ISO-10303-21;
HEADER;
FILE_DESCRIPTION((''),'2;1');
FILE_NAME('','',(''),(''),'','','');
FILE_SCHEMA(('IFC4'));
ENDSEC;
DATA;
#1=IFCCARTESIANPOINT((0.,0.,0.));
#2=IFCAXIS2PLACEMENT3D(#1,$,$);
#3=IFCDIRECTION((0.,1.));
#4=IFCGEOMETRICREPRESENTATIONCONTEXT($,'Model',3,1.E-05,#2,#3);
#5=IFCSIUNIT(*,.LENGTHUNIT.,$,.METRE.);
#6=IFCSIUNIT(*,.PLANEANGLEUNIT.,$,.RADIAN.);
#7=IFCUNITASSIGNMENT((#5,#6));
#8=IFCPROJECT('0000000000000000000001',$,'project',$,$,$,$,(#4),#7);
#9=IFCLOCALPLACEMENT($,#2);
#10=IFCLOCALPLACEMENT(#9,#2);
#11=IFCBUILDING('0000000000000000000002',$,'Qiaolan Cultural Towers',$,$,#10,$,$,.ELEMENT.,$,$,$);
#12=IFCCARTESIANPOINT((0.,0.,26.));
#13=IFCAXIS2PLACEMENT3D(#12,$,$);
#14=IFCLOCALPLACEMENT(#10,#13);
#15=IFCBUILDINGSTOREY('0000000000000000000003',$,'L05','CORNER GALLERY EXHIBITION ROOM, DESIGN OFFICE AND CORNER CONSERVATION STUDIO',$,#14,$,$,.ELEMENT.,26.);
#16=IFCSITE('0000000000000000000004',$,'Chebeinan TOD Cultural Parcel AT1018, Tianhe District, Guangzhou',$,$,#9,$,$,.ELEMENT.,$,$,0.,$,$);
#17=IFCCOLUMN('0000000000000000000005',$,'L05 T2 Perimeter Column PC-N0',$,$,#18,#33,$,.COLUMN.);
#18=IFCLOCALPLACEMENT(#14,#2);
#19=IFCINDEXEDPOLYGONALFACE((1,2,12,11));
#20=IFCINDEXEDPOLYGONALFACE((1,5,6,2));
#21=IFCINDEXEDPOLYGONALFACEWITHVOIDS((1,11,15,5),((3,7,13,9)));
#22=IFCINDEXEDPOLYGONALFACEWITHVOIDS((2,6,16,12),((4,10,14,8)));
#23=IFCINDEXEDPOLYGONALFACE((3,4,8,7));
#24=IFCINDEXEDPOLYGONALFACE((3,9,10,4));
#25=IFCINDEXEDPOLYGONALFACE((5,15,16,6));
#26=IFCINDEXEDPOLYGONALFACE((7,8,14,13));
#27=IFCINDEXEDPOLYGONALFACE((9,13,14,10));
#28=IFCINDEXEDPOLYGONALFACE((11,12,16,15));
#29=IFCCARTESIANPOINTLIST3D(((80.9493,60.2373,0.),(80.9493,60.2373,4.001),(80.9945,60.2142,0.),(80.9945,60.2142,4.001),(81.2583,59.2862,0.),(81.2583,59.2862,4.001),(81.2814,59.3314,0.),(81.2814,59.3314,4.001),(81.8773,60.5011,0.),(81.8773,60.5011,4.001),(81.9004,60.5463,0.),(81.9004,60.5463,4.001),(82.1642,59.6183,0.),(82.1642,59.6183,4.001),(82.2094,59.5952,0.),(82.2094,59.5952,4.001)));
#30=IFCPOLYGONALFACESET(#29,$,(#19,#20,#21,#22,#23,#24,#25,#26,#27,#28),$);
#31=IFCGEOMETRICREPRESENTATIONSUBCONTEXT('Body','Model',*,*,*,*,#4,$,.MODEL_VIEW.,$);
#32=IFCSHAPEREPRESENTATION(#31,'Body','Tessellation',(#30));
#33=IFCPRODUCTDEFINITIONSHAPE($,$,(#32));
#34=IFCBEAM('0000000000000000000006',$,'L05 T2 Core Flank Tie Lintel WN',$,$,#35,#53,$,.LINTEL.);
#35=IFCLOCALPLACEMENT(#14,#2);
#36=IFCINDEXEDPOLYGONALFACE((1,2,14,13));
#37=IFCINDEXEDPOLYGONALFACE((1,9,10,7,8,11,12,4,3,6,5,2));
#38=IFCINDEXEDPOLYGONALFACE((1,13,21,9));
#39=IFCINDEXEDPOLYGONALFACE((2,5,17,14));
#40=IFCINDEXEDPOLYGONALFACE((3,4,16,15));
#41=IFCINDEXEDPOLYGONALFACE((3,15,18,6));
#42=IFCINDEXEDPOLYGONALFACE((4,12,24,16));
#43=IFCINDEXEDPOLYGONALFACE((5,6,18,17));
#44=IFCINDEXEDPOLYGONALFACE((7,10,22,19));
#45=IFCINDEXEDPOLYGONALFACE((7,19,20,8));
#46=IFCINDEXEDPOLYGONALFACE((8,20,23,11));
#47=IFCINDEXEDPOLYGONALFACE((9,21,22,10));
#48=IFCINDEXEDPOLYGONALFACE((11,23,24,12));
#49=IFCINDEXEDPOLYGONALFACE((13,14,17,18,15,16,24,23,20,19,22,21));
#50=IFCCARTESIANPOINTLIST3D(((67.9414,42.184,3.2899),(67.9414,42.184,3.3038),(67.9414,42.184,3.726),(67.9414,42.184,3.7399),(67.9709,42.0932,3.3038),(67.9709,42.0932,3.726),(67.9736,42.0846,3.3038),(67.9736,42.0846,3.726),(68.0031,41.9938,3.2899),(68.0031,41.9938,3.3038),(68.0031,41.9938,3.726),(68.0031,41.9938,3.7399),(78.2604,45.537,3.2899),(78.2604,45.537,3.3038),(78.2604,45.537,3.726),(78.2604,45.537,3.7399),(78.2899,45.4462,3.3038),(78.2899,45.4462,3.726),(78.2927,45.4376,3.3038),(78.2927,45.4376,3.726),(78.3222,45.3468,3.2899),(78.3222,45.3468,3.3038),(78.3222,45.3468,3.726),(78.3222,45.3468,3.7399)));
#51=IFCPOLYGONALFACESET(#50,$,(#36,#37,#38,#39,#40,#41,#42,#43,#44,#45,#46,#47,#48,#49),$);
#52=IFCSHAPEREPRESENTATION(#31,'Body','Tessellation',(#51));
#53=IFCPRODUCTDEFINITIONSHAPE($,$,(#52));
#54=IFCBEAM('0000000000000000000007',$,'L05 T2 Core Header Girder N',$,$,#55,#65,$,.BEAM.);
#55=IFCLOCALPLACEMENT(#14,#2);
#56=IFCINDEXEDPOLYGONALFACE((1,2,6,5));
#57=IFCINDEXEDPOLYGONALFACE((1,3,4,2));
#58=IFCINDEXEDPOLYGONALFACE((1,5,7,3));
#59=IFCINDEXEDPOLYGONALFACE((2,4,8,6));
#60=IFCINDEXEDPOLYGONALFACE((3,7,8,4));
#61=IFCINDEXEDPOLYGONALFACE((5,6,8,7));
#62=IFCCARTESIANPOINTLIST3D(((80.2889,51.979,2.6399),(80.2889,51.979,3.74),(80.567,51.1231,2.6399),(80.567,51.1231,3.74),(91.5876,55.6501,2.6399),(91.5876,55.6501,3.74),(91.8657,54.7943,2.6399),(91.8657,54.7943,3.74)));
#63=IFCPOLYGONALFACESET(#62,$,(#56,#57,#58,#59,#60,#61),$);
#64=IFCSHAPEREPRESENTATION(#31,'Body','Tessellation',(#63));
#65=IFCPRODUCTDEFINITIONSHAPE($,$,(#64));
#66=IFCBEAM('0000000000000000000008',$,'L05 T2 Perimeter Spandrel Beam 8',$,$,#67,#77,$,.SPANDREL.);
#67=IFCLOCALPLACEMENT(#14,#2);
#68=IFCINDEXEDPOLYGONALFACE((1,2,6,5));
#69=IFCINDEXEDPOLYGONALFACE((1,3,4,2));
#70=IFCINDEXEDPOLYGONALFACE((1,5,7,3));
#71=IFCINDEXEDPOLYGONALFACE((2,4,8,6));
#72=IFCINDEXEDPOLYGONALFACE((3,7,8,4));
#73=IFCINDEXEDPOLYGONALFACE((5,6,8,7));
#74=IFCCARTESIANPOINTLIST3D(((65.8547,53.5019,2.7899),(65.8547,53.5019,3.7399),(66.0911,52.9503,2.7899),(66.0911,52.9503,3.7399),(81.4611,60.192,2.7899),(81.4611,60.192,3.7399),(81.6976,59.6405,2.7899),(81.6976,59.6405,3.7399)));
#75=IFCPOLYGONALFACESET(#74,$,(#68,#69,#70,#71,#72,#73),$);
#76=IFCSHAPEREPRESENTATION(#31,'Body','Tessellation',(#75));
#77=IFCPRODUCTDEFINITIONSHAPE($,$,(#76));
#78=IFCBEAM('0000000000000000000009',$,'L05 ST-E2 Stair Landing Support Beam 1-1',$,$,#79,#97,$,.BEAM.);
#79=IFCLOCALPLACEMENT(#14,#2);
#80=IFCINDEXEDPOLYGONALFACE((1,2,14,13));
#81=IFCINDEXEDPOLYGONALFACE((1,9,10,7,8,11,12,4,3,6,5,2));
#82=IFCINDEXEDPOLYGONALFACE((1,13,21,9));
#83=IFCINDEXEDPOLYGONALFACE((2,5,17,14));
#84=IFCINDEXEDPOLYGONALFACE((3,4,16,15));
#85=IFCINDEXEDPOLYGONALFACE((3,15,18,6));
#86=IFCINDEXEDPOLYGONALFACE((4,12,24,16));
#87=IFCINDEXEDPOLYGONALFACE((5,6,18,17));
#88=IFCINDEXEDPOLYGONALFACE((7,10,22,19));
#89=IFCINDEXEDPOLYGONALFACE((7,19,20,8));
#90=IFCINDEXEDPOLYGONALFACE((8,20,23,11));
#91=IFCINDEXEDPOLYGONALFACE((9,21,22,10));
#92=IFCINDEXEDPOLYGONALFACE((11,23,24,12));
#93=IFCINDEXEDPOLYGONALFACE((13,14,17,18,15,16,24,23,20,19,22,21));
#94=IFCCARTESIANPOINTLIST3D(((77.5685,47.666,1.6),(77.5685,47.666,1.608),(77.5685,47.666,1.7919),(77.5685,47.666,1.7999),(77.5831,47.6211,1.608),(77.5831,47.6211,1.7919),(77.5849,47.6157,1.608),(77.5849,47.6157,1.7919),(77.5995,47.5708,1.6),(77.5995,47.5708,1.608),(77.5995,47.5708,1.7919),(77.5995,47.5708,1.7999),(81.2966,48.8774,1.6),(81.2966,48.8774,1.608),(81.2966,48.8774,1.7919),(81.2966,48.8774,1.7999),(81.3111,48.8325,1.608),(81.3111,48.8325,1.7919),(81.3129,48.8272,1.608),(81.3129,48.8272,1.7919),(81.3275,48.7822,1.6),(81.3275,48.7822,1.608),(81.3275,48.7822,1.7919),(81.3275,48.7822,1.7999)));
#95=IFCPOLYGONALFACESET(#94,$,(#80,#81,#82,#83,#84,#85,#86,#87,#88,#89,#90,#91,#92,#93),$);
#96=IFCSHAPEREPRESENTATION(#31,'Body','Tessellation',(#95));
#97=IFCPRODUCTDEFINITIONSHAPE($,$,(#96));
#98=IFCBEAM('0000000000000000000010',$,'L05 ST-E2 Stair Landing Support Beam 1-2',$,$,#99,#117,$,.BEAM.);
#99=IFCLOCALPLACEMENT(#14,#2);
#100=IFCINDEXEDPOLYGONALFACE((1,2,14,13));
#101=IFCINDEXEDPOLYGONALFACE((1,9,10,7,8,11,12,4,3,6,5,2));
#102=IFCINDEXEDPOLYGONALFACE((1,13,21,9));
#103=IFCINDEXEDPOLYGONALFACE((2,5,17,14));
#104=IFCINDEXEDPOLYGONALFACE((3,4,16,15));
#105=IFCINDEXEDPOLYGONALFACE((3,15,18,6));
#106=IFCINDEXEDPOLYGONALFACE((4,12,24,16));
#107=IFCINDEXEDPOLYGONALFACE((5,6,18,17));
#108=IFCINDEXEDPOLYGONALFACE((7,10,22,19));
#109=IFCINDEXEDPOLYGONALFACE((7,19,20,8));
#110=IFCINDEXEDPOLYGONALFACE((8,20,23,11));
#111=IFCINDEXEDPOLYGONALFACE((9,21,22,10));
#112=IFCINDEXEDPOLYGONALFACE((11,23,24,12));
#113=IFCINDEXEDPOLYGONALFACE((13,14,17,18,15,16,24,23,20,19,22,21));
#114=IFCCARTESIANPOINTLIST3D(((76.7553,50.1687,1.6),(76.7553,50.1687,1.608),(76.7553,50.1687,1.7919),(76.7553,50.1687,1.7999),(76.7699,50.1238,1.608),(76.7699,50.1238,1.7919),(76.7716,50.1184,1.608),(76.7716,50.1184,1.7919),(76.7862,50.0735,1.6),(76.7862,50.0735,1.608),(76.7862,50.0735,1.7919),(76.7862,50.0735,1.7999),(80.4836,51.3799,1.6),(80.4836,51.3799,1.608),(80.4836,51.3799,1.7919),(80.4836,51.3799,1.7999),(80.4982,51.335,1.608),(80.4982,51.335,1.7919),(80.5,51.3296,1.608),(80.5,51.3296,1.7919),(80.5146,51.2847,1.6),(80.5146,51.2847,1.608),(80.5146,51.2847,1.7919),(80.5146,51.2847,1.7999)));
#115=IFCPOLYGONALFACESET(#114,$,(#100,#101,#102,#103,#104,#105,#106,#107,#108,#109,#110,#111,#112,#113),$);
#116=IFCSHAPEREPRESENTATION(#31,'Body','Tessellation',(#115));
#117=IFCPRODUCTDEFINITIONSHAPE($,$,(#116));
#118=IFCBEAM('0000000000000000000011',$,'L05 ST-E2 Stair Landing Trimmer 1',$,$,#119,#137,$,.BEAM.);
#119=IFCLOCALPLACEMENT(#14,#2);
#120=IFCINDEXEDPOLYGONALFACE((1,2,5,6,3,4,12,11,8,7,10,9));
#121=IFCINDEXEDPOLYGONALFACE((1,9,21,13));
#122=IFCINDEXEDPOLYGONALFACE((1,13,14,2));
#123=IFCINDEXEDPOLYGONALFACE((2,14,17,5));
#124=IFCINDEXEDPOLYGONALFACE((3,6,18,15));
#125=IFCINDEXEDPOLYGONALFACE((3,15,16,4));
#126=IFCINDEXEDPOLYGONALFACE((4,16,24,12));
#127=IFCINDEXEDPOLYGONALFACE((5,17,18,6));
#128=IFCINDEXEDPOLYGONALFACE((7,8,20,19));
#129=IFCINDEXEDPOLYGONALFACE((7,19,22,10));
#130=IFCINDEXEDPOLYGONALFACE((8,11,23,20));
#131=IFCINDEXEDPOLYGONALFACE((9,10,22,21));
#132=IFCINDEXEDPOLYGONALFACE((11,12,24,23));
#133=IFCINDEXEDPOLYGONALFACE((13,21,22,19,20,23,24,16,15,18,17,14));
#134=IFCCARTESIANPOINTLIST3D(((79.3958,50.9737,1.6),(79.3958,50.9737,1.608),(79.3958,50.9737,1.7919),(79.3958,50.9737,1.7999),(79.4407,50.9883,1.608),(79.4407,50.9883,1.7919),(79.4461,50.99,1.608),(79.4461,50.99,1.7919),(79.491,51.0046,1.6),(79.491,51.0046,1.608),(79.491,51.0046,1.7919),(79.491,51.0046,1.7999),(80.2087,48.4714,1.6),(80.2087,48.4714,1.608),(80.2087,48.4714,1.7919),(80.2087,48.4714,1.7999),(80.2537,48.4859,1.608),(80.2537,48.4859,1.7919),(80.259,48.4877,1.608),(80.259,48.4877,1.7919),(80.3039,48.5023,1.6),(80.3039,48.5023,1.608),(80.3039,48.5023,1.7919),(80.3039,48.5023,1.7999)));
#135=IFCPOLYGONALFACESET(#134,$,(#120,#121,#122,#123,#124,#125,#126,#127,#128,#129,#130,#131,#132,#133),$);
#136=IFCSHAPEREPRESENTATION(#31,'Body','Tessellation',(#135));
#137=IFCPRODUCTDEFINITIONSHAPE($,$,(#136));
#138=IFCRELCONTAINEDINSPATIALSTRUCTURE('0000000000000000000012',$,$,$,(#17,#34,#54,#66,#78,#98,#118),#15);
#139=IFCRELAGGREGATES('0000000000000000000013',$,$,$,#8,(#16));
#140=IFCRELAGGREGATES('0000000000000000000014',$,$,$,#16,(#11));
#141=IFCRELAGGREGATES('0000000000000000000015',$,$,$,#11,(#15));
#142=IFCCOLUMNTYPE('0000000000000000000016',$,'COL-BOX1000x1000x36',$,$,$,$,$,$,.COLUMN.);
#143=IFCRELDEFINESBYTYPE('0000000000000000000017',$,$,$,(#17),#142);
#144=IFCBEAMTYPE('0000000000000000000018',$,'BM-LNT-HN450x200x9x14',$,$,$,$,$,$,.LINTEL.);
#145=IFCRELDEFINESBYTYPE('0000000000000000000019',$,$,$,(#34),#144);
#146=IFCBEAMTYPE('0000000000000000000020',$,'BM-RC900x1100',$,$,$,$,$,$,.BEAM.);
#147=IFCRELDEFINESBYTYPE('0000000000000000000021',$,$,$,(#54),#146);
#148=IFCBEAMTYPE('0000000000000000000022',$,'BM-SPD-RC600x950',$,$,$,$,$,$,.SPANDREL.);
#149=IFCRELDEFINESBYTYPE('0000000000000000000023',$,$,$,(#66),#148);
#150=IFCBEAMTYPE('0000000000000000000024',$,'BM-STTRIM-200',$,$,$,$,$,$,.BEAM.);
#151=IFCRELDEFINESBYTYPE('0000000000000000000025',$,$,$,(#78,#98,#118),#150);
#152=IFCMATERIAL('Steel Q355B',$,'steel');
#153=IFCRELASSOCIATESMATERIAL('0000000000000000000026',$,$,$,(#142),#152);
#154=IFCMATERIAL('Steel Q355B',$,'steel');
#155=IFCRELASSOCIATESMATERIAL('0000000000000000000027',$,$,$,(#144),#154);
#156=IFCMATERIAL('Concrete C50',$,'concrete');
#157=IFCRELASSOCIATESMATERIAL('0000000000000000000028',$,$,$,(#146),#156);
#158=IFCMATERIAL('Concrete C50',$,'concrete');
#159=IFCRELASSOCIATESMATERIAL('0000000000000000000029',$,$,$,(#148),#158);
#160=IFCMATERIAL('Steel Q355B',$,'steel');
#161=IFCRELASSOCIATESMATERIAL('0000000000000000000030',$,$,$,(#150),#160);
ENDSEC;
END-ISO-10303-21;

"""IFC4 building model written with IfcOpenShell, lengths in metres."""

from ifc_helpers import new_model, si_unit, direction, frame, origin, origin_2d, place, context, subcontext, project, spatial, rectangle, hollow_rectangle, i_section, extrude, material, material_profile, profile_set, type_object, element, save


model = new_model("IFC4")

# Units and contexts
model_context = context("Model", 3, precision=1e-05, world=origin(), true_north=direction((0.0, 1.0)))
body_context = subcontext(model_context, "Body", "Model", "MODEL_VIEW")
ifc_project = project(units=[si_unit("LENGTHUNIT", "METRE"), si_unit("PLANEANGLEUNIT", "RADIAN")], contexts=[model_context])

# Site, building, storey
site_placement = place(None, origin())
site = spatial("IfcSite", under=ifc_project, at=site_placement, Name="Chebeinan TOD Cultural Parcel AT1018, Tianhe District, Guangzhou", CompositionType="ELEMENT", RefElevation=0.0)
building_placement = place(site_placement, origin())
building = spatial("IfcBuilding", under=site, at=building_placement, Name="Qiaolan Cultural Towers", CompositionType="ELEMENT")
storey_placement = place(building_placement, frame((0.0, 0.0, 26.0)))
storey = spatial("IfcBuildingStorey", under=building, at=storey_placement, Name="L05", Description="CORNER GALLERY EXHIBITION ROOM, DESIGN OFFICE AND CORNER CONSERVATION STUDIO", CompositionType="ELEMENT", Elevation=26.0)

# Column
ifc_material_1 = material(Name="Steel Q355B", Category="steel")
ifc_material_profile_1 = material_profile(ifc_material_1, hollow_rectangle(XDim=1.0, YDim=1.0, WallThickness=0.0359, at=origin_2d()), Name="BOX1000x1000x36")
ifc_profile_set_1 = profile_set([ifc_material_profile_1], Name="Steel Q355B")
column_type = type_object("IfcColumnType", Name="COL-BOX1000x1000x36", PredefinedType="COLUMN", material=ifc_profile_set_1)
column_placement = place(storey_placement, frame((81.5793, 59.9163, 0.0), z_axis=(0.0, 0.0, 1.0), x_axis=(0.951057, 0.309017, 0.0)))
element("IfcColumn", 1, at=column_placement, inside=storey, type_object=column_type, Name="L05 T2 Perimeter Column PC-N0", PredefinedType="COLUMN", context=body_context, shape_type="SweptSolid", body=[
    extrude(hollow_rectangle(XDim=1.0, YDim=1.0, WallThickness=0.0359, at=origin_2d()), origin(), (0.0, 0.0, 1.0), 4.001),
])

# Beams
ifc_material_2 = material(Name="Steel Q355B", Category="steel")
ifc_material_profile_2 = material_profile(ifc_material_2, i_section(OverallWidth=0.2, OverallDepth=0.45, WebThickness=0.009, FlangeThickness=0.0139, at=origin_2d()), Name="HN450x200x9x14")
ifc_profile_set_2 = profile_set([ifc_material_profile_2], Name="Steel Q355B")
beam_type_1 = type_object("IfcBeamType", Name="BM-LNT-HN450x200x9x14", PredefinedType="LINTEL", material=ifc_profile_set_2)
beam_1_placement = place(storey_placement, frame((78.2913, 45.4419, 3.5149), z_axis=(-0.951052, -0.30903, 0.0), x_axis=(0.30903, -0.951052, 0.0)))
element("IfcBeam", 2, at=beam_1_placement, inside=storey, type_object=beam_type_1, Name="L05 T2 Core Flank Tie Lintel WN", PredefinedType="LINTEL", context=body_context, shape_type="SweptSolid", body=[
    extrude(i_section(OverallWidth=0.2, OverallDepth=0.45, WebThickness=0.009, FlangeThickness=0.0139, at=origin_2d()), origin(), (0.0, 0.0, 1.0), 10.8501),
])
ifc_material_3 = material(Name="Concrete C50", Category="concrete")
ifc_material_profile_3 = material_profile(ifc_material_3, rectangle(XDim=0.8999, YDim=1.1001, at=origin_2d()), Name="RC900x1100")
ifc_profile_set_3 = profile_set([ifc_material_profile_3], Name="Concrete C50")
beam_type_2 = type_object("IfcBeamType", Name="BM-RC900x1100", PredefinedType="BEAM", material=ifc_profile_set_3)
beam_2_placement = place(storey_placement, frame((80.428, 51.551, 3.1899), z_axis=(0.951056, 0.309018, 0.0), x_axis=(-0.309018, 0.951056, 0.0)))
element("IfcBeam", 3, at=beam_2_placement, inside=storey, type_object=beam_type_2, Name="L05 T2 Core Header Girder N", PredefinedType="BEAM", context=body_context, shape_type="SweptSolid", body=[
    extrude(rectangle(XDim=0.8999, YDim=1.1001, at=origin_2d()), origin(), (0.0, 0.0, 1.0), 11.8801),
])
ifc_material_4 = material(Name="Concrete C50", Category="concrete")
ifc_material_profile_4 = material_profile(ifc_material_4, rectangle(XDim=0.6001, YDim=0.95, at=origin_2d()), Name="RC600x950")
ifc_profile_set_4 = profile_set([ifc_material_profile_4], Name="Concrete C50")
beam_type_3 = type_object("IfcBeamType", Name="BM-SPD-RC600x950", PredefinedType="SPANDREL", material=ifc_profile_set_4)
beam_3_placement = place(storey_placement, frame((81.5793, 59.9163, 3.2649), z_axis=(-0.919109, -0.394004, 0.0), x_axis=(0.394004, -0.919109, 0.0)))
element("IfcBeam", 4, at=beam_3_placement, inside=storey, type_object=beam_type_3, Name="L05 T2 Perimeter Spandrel Beam 8", PredefinedType="SPANDREL", context=body_context, shape_type="SweptSolid", body=[
    extrude(rectangle(XDim=0.6001, YDim=0.95, at=origin_2d()), origin(), (0.0, 0.0, 1.0), 16.98),
])
ifc_material_5 = material(Name="Steel Q355B", Category="steel")
ifc_material_profile_5 = material_profile(ifc_material_5, i_section(OverallWidth=0.1001, OverallDepth=0.2, WebThickness=0.0056, FlangeThickness=0.0081, at=origin_2d()), Name="HN200x100x5.5x8")
ifc_profile_set_5 = profile_set([ifc_material_profile_5], Name="Steel Q355B")
beam_type_4 = type_object("IfcBeamType", Name="BM-STTRIM-200", PredefinedType="BEAM", material=ifc_profile_set_5)
beam_4_placement = place(storey_placement, frame((77.584, 47.6184, 1.7), z_axis=(0.951048, 0.309044, 0.0), x_axis=(-0.309044, 0.951048, 0.0)))
element("IfcBeam", 5, at=beam_4_placement, inside=storey, type_object=beam_type_4, Name="L05 ST-E2 Stair Landing Support Beam 1-1", PredefinedType="BEAM", context=body_context, shape_type="SweptSolid", body=[
    extrude(i_section(OverallWidth=0.1001, OverallDepth=0.2, WebThickness=0.0056, FlangeThickness=0.0081, at=origin_2d()), origin(), (0.0, 0.0, 1.0), 3.9199),
])
beam_5_placement = place(storey_placement, frame((76.7708, 50.1211, 1.7), z_axis=(0.951072, 0.308969, 0.0), x_axis=(-0.308969, 0.951072, 0.0)))
element("IfcBeam", 6, at=beam_5_placement, inside=storey, type_object=beam_type_4, Name="L05 ST-E2 Stair Landing Support Beam 1-2", PredefinedType="BEAM", context=body_context, shape_type="SweptSolid", body=[
    extrude(i_section(OverallWidth=0.1001, OverallDepth=0.2, WebThickness=0.0056, FlangeThickness=0.0081, at=origin_2d()), origin(), (0.0, 0.0, 1.0), 3.9202),
])
beam_6_placement = place(storey_placement, frame((80.2563, 48.4868, 1.7), z_axis=(-0.308981, 0.951068, 0.0), x_axis=(-0.951068, -0.308981, 0.0)))
element("IfcBeam", 7, at=beam_6_placement, inside=storey, type_object=beam_type_4, Name="L05 ST-E2 Stair Landing Trimmer 1", PredefinedType="BEAM", context=body_context, shape_type="SweptSolid", body=[
    extrude(i_section(OverallWidth=0.1001, OverallDepth=0.2, WebThickness=0.0056, FlangeThickness=0.0081, at=origin_2d()), origin(), (0.0, 0.0, 1.0), 2.6311),
])

save(model, "model.ifc")
